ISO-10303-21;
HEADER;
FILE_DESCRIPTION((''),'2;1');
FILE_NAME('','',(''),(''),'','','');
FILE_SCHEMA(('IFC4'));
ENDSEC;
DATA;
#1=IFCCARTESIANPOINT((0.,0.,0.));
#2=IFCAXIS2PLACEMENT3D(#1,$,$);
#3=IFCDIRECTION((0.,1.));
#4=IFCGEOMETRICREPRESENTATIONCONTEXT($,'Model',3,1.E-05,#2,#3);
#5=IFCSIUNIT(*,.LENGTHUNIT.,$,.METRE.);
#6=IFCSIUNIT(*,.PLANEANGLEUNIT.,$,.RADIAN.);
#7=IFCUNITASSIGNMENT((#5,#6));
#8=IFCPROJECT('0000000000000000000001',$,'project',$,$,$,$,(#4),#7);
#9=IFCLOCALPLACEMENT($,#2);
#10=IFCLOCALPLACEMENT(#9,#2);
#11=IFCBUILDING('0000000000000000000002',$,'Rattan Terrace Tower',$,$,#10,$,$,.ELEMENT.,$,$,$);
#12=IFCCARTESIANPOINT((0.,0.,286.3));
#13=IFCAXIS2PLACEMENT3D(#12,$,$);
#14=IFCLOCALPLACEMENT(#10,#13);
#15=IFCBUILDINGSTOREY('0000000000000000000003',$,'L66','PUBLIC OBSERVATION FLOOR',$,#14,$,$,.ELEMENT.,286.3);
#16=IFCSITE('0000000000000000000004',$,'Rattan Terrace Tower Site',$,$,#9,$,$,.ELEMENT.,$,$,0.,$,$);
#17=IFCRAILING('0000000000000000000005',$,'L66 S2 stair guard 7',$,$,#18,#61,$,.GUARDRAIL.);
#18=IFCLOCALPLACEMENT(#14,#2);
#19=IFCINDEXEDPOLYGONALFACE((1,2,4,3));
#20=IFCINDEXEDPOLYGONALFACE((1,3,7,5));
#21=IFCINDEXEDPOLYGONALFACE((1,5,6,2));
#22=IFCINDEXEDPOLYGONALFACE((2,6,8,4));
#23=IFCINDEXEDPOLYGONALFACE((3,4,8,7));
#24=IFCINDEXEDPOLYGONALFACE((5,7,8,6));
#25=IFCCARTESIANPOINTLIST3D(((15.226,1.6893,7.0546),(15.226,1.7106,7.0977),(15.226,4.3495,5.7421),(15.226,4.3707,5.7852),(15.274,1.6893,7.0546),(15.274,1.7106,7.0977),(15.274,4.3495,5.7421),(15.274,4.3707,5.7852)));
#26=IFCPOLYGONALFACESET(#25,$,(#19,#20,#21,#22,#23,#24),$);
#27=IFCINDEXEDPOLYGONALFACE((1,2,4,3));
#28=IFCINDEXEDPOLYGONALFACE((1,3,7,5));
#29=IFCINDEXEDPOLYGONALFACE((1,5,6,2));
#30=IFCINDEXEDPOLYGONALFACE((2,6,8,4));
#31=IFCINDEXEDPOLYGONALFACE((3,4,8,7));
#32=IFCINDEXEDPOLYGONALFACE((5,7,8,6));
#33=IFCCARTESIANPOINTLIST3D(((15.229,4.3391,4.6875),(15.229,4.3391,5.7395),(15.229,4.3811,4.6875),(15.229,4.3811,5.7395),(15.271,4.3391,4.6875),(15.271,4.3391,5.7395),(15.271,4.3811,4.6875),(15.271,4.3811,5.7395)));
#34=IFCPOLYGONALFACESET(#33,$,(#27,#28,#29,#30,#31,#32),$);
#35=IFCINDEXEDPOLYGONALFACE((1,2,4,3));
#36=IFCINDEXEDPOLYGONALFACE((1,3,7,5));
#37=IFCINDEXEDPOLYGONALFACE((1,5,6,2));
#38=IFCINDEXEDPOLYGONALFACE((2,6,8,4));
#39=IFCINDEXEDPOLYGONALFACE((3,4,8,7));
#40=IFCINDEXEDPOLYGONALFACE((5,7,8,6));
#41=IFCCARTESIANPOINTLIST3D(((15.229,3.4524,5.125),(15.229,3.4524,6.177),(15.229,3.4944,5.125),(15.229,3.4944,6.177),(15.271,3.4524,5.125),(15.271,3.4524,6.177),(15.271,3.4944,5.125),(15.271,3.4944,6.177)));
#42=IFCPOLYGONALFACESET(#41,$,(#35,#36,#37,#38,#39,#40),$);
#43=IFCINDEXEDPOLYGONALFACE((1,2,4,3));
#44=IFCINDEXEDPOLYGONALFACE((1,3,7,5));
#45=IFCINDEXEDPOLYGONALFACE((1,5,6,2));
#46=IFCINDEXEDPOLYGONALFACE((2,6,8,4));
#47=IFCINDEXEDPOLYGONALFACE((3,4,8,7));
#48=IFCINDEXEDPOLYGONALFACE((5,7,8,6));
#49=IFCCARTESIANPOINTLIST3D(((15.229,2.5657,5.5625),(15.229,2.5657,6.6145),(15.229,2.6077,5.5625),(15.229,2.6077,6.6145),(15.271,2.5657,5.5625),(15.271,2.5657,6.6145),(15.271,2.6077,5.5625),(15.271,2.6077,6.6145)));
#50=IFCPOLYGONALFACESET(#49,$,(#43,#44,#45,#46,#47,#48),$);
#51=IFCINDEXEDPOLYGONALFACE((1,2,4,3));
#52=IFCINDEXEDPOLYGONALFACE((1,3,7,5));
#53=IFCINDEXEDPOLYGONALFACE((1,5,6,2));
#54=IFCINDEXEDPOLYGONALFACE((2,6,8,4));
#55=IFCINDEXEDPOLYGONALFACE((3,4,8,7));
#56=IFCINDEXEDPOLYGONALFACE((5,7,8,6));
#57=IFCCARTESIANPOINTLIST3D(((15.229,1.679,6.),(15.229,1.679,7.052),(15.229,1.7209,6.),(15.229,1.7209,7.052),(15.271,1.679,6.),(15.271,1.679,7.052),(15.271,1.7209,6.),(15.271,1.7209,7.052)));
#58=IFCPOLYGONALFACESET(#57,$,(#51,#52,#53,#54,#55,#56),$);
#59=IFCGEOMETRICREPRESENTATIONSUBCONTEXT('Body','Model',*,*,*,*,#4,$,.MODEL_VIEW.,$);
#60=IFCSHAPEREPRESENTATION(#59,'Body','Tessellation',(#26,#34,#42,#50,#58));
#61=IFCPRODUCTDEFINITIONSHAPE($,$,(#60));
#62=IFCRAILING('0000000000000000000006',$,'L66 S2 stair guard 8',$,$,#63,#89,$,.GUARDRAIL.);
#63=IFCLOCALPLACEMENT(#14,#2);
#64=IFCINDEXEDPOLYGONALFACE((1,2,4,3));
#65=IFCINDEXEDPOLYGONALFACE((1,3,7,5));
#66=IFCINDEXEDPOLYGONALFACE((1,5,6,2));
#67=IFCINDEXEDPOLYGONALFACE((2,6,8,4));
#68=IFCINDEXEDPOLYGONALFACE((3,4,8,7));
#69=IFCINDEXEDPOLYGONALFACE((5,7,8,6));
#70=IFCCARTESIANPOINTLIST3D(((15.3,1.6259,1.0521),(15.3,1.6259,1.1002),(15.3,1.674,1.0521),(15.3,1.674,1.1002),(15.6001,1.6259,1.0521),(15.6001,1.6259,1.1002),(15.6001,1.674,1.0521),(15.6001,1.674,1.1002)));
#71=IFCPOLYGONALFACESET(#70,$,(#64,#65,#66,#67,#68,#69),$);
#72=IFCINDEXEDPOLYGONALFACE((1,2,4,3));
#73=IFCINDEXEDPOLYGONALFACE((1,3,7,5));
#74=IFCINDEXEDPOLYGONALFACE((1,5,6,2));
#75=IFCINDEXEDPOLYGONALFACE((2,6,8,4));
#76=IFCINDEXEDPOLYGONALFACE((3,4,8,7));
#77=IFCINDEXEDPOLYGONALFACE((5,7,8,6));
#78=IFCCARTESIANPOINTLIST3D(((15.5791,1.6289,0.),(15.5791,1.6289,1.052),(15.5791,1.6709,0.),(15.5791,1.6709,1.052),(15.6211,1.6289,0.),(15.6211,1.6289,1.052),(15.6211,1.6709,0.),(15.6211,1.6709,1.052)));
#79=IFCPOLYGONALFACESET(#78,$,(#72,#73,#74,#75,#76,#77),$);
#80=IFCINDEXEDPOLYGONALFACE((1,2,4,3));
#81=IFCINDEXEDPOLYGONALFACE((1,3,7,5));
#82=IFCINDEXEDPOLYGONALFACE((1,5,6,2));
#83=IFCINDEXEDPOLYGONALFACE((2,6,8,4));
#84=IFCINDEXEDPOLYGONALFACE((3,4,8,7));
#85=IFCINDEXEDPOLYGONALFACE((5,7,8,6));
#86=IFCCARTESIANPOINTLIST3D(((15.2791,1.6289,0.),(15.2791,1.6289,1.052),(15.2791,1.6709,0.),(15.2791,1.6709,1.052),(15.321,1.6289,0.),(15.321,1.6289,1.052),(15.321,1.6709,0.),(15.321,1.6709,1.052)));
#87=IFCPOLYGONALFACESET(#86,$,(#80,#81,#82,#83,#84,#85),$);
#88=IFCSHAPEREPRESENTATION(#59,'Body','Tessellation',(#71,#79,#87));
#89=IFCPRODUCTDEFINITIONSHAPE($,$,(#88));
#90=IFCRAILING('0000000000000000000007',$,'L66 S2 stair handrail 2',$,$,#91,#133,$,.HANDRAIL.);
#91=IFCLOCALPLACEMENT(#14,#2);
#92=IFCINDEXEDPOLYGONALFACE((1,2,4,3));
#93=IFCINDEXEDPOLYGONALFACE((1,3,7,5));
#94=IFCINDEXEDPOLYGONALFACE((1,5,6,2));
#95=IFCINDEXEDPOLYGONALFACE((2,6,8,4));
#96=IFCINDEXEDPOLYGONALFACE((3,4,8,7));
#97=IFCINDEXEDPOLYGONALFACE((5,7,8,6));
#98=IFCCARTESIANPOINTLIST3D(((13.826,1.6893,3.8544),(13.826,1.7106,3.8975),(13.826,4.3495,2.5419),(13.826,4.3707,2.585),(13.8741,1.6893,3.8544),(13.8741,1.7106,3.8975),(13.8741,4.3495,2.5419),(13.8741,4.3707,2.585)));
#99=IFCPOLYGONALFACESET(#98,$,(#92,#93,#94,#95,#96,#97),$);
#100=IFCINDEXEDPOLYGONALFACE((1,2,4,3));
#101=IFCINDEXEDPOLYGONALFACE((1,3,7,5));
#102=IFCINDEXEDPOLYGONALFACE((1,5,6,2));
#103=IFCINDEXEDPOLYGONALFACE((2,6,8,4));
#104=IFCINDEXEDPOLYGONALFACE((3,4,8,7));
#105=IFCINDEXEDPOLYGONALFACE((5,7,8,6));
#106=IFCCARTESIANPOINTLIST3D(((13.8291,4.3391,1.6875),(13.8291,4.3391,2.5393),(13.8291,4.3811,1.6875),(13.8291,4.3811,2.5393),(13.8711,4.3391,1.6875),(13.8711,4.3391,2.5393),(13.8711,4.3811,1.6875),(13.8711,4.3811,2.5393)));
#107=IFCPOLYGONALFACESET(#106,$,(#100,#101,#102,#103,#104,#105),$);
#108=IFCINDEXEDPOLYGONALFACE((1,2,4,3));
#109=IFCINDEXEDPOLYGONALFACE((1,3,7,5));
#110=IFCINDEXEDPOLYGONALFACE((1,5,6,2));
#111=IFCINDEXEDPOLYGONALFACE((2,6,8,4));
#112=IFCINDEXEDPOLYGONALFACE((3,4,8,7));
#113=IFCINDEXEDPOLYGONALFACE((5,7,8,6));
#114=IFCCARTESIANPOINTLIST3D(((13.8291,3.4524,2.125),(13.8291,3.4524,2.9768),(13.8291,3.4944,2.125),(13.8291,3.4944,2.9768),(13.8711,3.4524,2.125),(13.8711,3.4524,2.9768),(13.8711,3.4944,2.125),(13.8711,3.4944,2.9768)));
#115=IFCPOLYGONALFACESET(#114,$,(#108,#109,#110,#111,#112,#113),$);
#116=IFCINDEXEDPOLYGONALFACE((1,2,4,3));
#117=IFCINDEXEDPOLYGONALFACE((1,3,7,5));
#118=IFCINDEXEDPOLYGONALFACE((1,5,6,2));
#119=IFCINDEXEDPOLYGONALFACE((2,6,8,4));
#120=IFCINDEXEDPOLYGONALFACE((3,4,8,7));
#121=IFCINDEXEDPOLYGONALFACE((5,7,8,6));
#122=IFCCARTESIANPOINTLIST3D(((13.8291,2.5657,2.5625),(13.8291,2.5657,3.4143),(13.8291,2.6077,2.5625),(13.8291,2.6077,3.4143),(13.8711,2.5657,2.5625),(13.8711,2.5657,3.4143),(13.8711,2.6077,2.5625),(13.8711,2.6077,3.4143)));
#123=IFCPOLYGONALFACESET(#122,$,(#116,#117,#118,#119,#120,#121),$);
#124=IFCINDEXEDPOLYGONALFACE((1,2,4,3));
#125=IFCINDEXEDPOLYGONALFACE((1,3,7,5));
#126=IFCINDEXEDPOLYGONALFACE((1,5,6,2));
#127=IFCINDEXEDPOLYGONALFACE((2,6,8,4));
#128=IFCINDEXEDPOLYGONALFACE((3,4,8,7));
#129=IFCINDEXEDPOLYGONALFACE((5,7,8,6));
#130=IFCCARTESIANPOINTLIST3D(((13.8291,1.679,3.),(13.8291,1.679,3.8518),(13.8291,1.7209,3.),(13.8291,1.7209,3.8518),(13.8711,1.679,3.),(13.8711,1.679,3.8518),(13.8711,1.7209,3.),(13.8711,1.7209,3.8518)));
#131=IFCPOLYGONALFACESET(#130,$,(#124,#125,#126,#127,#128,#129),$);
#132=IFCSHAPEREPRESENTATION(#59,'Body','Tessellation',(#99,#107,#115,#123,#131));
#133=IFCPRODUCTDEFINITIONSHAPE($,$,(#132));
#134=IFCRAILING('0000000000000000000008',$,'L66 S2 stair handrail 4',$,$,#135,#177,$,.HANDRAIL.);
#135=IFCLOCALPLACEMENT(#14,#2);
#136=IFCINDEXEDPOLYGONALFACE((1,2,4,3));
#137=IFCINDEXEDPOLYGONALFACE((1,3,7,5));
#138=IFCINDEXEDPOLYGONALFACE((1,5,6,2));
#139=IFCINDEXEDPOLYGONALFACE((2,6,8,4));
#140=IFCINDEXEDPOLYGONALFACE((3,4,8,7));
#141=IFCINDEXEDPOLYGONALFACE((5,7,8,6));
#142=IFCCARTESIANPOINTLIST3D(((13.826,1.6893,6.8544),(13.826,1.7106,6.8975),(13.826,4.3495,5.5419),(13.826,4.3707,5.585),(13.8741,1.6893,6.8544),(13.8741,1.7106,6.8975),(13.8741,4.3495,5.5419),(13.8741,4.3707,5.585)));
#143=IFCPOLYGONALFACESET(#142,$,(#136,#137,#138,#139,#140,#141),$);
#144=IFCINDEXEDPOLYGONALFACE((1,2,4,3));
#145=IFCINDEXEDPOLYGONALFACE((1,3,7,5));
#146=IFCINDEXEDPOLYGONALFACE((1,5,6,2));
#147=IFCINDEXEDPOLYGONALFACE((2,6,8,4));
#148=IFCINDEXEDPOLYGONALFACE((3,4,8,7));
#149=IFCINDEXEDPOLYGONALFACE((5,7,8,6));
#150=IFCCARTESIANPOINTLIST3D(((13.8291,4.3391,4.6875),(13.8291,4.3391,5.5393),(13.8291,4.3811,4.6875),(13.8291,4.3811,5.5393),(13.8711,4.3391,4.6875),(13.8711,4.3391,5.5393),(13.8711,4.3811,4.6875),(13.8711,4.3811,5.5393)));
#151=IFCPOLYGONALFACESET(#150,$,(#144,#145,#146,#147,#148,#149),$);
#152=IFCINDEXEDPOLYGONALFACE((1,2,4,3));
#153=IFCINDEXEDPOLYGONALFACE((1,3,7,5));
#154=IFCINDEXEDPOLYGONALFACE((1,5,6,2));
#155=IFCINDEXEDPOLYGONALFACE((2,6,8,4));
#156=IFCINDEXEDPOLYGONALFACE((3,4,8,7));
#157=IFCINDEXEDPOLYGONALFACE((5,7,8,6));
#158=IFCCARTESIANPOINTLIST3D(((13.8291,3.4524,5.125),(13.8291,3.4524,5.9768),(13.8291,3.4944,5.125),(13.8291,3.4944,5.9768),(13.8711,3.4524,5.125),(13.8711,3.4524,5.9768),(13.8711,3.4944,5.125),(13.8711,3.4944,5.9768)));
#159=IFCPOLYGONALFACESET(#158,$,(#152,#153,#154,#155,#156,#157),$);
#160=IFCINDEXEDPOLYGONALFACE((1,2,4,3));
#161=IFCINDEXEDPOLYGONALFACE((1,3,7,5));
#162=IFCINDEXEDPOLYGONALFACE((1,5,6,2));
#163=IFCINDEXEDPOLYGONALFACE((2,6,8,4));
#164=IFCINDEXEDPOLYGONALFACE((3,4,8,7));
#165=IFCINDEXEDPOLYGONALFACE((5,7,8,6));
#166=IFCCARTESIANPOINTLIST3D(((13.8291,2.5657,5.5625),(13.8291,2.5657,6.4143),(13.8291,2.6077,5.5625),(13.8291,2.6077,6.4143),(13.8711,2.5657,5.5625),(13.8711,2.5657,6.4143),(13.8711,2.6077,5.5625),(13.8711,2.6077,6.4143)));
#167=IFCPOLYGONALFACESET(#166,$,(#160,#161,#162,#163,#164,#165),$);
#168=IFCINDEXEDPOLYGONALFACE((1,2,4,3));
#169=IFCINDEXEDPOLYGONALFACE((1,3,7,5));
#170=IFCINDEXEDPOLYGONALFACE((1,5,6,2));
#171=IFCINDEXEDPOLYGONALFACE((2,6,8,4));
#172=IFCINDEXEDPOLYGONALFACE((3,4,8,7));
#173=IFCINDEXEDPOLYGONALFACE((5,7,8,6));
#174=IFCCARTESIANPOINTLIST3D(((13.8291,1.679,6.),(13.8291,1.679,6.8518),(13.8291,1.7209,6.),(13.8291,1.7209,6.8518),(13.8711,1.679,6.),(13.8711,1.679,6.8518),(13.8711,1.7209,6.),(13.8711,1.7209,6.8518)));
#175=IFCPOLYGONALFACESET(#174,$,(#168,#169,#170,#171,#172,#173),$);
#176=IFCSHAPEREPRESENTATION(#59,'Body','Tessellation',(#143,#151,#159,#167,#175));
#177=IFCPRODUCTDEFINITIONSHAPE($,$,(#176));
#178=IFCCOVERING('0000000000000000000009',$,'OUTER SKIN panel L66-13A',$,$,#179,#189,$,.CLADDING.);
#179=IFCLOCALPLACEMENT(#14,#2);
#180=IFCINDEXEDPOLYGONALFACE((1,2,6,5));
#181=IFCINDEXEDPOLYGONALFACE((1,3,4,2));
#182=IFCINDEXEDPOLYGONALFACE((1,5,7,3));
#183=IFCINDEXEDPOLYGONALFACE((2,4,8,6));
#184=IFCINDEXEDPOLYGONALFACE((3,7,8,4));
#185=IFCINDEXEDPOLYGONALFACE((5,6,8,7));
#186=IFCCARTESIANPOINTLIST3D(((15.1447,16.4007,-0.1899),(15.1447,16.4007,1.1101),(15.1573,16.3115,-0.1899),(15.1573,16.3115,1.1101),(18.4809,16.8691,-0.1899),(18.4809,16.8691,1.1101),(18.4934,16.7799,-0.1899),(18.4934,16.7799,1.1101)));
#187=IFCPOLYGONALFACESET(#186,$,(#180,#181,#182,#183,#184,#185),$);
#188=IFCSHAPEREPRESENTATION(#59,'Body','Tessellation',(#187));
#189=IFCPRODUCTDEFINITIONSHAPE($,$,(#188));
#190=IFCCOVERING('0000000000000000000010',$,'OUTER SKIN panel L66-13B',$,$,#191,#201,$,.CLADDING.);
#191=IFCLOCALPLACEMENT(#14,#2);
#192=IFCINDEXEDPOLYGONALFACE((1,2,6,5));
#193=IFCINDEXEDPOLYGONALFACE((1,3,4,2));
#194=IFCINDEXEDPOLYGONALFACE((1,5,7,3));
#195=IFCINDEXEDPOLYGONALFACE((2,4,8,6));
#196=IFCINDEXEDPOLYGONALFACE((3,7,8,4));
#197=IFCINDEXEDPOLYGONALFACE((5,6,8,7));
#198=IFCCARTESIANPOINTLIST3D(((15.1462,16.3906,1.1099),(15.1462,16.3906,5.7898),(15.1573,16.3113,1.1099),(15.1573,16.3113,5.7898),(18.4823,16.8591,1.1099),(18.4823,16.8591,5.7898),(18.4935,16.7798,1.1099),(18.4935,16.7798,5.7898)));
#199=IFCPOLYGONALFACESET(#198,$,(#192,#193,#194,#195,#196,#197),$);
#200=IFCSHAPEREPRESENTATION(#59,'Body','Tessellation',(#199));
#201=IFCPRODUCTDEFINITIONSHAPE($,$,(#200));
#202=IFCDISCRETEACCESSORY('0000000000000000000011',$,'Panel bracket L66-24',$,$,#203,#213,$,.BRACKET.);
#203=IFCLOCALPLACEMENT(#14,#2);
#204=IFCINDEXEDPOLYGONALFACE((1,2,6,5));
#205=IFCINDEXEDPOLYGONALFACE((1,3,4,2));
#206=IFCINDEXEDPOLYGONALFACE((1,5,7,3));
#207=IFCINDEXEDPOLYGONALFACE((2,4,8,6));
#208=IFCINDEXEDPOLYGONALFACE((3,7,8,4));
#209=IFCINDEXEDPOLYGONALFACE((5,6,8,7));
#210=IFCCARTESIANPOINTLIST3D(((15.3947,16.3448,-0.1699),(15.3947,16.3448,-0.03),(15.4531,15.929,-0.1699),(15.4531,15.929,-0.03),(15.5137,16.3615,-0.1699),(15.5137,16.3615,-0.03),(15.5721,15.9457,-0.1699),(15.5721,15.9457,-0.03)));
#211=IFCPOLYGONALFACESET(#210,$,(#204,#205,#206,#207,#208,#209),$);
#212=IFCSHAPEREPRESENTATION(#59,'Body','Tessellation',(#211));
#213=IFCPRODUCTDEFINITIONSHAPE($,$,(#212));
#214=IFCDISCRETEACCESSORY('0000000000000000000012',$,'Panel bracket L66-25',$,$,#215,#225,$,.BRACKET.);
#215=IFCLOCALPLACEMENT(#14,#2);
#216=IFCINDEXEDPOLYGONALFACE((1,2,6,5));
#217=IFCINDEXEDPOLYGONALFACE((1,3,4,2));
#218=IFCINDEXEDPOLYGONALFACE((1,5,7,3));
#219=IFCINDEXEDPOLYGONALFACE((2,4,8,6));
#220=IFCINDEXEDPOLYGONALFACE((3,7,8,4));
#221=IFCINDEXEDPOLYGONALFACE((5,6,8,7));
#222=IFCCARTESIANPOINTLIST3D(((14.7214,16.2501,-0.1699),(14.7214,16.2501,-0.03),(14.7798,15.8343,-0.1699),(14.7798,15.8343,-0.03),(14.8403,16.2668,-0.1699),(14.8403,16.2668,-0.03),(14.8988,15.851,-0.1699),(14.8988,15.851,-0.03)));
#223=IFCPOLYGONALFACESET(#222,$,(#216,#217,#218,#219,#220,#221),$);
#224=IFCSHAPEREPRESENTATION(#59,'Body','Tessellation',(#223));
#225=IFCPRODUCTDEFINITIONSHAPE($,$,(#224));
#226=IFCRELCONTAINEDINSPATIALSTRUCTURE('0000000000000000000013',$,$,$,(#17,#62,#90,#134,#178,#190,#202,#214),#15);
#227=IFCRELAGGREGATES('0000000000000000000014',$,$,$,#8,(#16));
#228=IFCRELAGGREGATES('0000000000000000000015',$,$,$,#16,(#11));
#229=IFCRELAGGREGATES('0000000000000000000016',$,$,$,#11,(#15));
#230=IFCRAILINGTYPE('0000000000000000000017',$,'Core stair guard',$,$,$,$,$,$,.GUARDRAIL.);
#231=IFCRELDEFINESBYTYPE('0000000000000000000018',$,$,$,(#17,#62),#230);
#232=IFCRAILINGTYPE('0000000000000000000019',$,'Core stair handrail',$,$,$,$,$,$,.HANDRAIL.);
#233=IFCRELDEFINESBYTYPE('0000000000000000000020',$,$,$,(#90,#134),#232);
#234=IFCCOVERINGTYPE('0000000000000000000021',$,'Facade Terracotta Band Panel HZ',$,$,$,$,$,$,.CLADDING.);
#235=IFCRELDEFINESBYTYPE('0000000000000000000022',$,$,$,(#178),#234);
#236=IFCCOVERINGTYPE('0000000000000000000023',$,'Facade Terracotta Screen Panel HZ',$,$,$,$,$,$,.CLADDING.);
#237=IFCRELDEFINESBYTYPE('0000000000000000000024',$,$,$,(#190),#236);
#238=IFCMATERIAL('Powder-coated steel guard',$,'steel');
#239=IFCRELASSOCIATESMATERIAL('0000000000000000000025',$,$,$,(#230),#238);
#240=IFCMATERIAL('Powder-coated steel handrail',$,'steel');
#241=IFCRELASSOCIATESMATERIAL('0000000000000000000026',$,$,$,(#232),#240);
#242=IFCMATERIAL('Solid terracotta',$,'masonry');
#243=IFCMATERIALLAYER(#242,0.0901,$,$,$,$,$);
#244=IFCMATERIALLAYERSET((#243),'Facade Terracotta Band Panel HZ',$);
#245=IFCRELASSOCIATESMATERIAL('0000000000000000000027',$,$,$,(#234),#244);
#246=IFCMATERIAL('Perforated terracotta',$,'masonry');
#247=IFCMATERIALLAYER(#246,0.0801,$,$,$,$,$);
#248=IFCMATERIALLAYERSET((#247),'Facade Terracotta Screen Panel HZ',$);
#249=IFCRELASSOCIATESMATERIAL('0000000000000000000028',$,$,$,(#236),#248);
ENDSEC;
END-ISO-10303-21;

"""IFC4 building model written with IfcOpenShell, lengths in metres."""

from ifc_helpers import new_model, si_unit, direction, frame, origin, origin_2d, place, context, subcontext, project, spatial, rectangle, extrude, material, layer, layer_set, type_object, element, save


model = new_model("IFC4")

# Units and contexts
model_context = context("Model", 3, precision=1e-05, world=origin(), true_north=direction((0.0, 1.0)))
body_context = subcontext(model_context, "Body", "Model", "MODEL_VIEW")
ifc_project = project(units=[si_unit("LENGTHUNIT", "METRE"), si_unit("PLANEANGLEUNIT", "RADIAN")], contexts=[model_context])

# Site, building, storey
site_placement = place(None, origin())
site = spatial("IfcSite", under=ifc_project, at=site_placement, Name="Rattan Terrace Tower Site", CompositionType="ELEMENT", RefElevation=0.0)
building_placement = place(site_placement, origin())
building = spatial("IfcBuilding", under=site, at=building_placement, Name="Rattan Terrace Tower", CompositionType="ELEMENT")
storey_placement = place(building_placement, frame((0.0, 0.0, 286.3)))
storey = spatial("IfcBuildingStorey", under=building, at=storey_placement, Name="L66", Description="PUBLIC OBSERVATION FLOOR", CompositionType="ELEMENT", Elevation=286.3)

# Railings
ifc_material_1 = material(Name="Powder-coated steel guard", Category="steel")
railing_type_1 = type_object("IfcRailingType", Name="Core stair guard", PredefinedType="GUARDRAIL", material=ifc_material_1)
railing_1_placement = place(storey_placement, frame((15.25, 4.3601, 4.6875)))
element("IfcRailing", 1, at=railing_1_placement, inside=storey, type_object=railing_type_1, Name="L66 S2 stair guard 7", PredefinedType="GUARDRAIL", context=body_context, shape_type="SweptSolid", body=[
    extrude(rectangle(XDim=0.0481, YDim=0.0481, at=origin_2d()), frame((0.0, 0.0, 1.0762), z_axis=(0.0, -0.896785, 0.442467), x_axis=(1.0, 0.0, 0.0)), (0.0, 0.0, 1.0), 2.9663),
    extrude(rectangle(XDim=0.042, YDim=0.042, at=origin_2d()), origin(), (0.0, 0.0, 1.0), 1.052),
    extrude(rectangle(XDim=0.042, YDim=0.042, at=origin_2d()), frame((0.0, -0.8867, 0.4375)), (0.0, 0.0, 1.0), 1.052),
    extrude(rectangle(XDim=0.042, YDim=0.042, at=origin_2d()), frame((0.0, -1.7734, 0.875)), (0.0, 0.0, 1.0), 1.052),
    extrude(rectangle(XDim=0.042, YDim=0.042, at=origin_2d()), frame((0.0, -2.6602, 1.3125)), (0.0, 0.0, 1.0), 1.052),
])
railing_2_placement = place(storey_placement, frame((15.6001, 1.6499, 0.0)))
element("IfcRailing", 2, at=railing_2_placement, inside=storey, type_object=railing_type_1, Name="L66 S2 stair guard 8", PredefinedType="GUARDRAIL", context=body_context, shape_type="SweptSolid", body=[
    extrude(rectangle(XDim=0.0481, YDim=0.0481, at=origin_2d()), frame((0.0, 0.0, 1.0762), z_axis=(-1.0, 0.0, 0.0), x_axis=(0.0, -1.0, 0.0)), (0.0, 0.0, 1.0), 0.3),
    extrude(rectangle(XDim=0.042, YDim=0.042, at=origin_2d()), origin(), (0.0, 0.0, 1.0), 1.052),
    extrude(rectangle(XDim=0.042, YDim=0.042, at=origin_2d()), frame((-0.3, 0.0, 0.0)), (0.0, 0.0, 1.0), 1.052),
])
ifc_material_2 = material(Name="Powder-coated steel handrail", Category="steel")
railing_type_2 = type_object("IfcRailingType", Name="Core stair handrail", PredefinedType="HANDRAIL", material=ifc_material_2)
for number, where, name in (
    (3, (13.8501, 4.3601, 1.6875), "L66 S2 stair handrail 2"),
    (4, (13.8501, 4.3601, 4.6875), "L66 S2 stair handrail 4"),
):
    element("IfcRailing", number, at=place(storey_placement, frame(where)), inside=storey, type_object=railing_type_2, Name=name, PredefinedType="HANDRAIL", context=body_context, shape_type="SweptSolid", body=[
        extrude(rectangle(XDim=0.0481, YDim=0.0481, at=origin_2d()), frame((0.0, 0.0, 0.876), z_axis=(0.0, -0.896785, 0.442467), x_axis=(1.0, 0.0, 0.0)), (0.0, 0.0, 1.0), 2.9663),
        extrude(rectangle(XDim=0.042, YDim=0.042, at=origin_2d()), origin(), (0.0, 0.0, 1.0), 0.8518),
        extrude(rectangle(XDim=0.042, YDim=0.042, at=origin_2d()), frame((0.0, -0.8867, 0.4375)), (0.0, 0.0, 1.0), 0.8518),
        extrude(rectangle(XDim=0.042, YDim=0.042, at=origin_2d()), frame((0.0, -1.7734, 0.875)), (0.0, 0.0, 1.0), 0.8518),
        extrude(rectangle(XDim=0.042, YDim=0.042, at=origin_2d()), frame((0.0, -2.6602, 1.3125)), (0.0, 0.0, 1.0), 0.8518),
    ])

# Coverings
ifc_material_3 = material(Name="Solid terracotta", Category="masonry")
ifc_layer_1 = layer(ifc_material_3, 0.0901)
ifc_layer_set_1 = layer_set([ifc_layer_1], Name="Facade Terracotta Band Panel HZ")
covering_type_1 = type_object("IfcCoveringType", Name="Facade Terracotta Band Panel HZ", PredefinedType="CLADDING", material=ifc_layer_set_1)
covering_1_placement = place(storey_placement, frame((16.8191, 16.5903, -0.1899), z_axis=(0.0, 0.0, 1.0), x_axis=(-0.990287, -0.13904, 0.0)))
element("IfcCovering", 5, at=covering_1_placement, inside=storey, type_object=covering_type_1, Name="OUTER SKIN panel L66-13A", PredefinedType="CLADDING", context=body_context, shape_type="SweptSolid", body=[
    extrude(rectangle(XDim=3.3689, YDim=0.0901, at=origin_2d()), origin(), (0.0, 0.0, 1.0), 1.3),
])
ifc_material_4 = material(Name="Perforated terracotta", Category="masonry")
ifc_layer_2 = layer(ifc_material_4, 0.0801)
ifc_layer_set_2 = layer_set([ifc_layer_2], Name="Facade Terracotta Screen Panel HZ")
covering_type_2 = type_object("IfcCoveringType", Name="Facade Terracotta Screen Panel HZ", PredefinedType="CLADDING", material=ifc_layer_set_2)
covering_2_placement = place(storey_placement, frame((16.8198, 16.5852, 1.1099), z_axis=(0.0, 0.0, 1.0), x_axis=(-0.990287, -0.13904, 0.0)))
element("IfcCovering", 6, at=covering_2_placement, inside=storey, type_object=covering_type_2, Name="OUTER SKIN panel L66-13B", PredefinedType="CLADDING", context=body_context, shape_type="SweptSolid", body=[
    extrude(rectangle(XDim=3.3689, YDim=0.0801, at=origin_2d()), origin(), (0.0, 0.0, 1.0), 4.6799),
])

# Discrete accessories
for number, where, z_axis, x_axis, name in (
    (7, (15.4834, 16.1453, -0.1699), (0.0, 0.0, 1.0), (-0.990287, -0.13904, 0.0), "Panel bracket L66-24"),
    (8, (14.8101, 16.0505, -0.1699), (0.0, 0.0, 1.0), (-0.990266, -0.139189, 0.0), "Panel bracket L66-25"),
):
    element("IfcDiscreteAccessory", number, at=place(storey_placement, frame(where, z_axis=z_axis, x_axis=x_axis)), inside=storey, Name=name, PredefinedType="BRACKET", context=body_context, shape_type="SweptSolid", body=[
        extrude(rectangle(XDim=0.1201, YDim=0.4199, at=origin_2d()), origin(), (0.0, 0.0, 1.0), 0.1399),
    ])

save(model, "model.ifc")
